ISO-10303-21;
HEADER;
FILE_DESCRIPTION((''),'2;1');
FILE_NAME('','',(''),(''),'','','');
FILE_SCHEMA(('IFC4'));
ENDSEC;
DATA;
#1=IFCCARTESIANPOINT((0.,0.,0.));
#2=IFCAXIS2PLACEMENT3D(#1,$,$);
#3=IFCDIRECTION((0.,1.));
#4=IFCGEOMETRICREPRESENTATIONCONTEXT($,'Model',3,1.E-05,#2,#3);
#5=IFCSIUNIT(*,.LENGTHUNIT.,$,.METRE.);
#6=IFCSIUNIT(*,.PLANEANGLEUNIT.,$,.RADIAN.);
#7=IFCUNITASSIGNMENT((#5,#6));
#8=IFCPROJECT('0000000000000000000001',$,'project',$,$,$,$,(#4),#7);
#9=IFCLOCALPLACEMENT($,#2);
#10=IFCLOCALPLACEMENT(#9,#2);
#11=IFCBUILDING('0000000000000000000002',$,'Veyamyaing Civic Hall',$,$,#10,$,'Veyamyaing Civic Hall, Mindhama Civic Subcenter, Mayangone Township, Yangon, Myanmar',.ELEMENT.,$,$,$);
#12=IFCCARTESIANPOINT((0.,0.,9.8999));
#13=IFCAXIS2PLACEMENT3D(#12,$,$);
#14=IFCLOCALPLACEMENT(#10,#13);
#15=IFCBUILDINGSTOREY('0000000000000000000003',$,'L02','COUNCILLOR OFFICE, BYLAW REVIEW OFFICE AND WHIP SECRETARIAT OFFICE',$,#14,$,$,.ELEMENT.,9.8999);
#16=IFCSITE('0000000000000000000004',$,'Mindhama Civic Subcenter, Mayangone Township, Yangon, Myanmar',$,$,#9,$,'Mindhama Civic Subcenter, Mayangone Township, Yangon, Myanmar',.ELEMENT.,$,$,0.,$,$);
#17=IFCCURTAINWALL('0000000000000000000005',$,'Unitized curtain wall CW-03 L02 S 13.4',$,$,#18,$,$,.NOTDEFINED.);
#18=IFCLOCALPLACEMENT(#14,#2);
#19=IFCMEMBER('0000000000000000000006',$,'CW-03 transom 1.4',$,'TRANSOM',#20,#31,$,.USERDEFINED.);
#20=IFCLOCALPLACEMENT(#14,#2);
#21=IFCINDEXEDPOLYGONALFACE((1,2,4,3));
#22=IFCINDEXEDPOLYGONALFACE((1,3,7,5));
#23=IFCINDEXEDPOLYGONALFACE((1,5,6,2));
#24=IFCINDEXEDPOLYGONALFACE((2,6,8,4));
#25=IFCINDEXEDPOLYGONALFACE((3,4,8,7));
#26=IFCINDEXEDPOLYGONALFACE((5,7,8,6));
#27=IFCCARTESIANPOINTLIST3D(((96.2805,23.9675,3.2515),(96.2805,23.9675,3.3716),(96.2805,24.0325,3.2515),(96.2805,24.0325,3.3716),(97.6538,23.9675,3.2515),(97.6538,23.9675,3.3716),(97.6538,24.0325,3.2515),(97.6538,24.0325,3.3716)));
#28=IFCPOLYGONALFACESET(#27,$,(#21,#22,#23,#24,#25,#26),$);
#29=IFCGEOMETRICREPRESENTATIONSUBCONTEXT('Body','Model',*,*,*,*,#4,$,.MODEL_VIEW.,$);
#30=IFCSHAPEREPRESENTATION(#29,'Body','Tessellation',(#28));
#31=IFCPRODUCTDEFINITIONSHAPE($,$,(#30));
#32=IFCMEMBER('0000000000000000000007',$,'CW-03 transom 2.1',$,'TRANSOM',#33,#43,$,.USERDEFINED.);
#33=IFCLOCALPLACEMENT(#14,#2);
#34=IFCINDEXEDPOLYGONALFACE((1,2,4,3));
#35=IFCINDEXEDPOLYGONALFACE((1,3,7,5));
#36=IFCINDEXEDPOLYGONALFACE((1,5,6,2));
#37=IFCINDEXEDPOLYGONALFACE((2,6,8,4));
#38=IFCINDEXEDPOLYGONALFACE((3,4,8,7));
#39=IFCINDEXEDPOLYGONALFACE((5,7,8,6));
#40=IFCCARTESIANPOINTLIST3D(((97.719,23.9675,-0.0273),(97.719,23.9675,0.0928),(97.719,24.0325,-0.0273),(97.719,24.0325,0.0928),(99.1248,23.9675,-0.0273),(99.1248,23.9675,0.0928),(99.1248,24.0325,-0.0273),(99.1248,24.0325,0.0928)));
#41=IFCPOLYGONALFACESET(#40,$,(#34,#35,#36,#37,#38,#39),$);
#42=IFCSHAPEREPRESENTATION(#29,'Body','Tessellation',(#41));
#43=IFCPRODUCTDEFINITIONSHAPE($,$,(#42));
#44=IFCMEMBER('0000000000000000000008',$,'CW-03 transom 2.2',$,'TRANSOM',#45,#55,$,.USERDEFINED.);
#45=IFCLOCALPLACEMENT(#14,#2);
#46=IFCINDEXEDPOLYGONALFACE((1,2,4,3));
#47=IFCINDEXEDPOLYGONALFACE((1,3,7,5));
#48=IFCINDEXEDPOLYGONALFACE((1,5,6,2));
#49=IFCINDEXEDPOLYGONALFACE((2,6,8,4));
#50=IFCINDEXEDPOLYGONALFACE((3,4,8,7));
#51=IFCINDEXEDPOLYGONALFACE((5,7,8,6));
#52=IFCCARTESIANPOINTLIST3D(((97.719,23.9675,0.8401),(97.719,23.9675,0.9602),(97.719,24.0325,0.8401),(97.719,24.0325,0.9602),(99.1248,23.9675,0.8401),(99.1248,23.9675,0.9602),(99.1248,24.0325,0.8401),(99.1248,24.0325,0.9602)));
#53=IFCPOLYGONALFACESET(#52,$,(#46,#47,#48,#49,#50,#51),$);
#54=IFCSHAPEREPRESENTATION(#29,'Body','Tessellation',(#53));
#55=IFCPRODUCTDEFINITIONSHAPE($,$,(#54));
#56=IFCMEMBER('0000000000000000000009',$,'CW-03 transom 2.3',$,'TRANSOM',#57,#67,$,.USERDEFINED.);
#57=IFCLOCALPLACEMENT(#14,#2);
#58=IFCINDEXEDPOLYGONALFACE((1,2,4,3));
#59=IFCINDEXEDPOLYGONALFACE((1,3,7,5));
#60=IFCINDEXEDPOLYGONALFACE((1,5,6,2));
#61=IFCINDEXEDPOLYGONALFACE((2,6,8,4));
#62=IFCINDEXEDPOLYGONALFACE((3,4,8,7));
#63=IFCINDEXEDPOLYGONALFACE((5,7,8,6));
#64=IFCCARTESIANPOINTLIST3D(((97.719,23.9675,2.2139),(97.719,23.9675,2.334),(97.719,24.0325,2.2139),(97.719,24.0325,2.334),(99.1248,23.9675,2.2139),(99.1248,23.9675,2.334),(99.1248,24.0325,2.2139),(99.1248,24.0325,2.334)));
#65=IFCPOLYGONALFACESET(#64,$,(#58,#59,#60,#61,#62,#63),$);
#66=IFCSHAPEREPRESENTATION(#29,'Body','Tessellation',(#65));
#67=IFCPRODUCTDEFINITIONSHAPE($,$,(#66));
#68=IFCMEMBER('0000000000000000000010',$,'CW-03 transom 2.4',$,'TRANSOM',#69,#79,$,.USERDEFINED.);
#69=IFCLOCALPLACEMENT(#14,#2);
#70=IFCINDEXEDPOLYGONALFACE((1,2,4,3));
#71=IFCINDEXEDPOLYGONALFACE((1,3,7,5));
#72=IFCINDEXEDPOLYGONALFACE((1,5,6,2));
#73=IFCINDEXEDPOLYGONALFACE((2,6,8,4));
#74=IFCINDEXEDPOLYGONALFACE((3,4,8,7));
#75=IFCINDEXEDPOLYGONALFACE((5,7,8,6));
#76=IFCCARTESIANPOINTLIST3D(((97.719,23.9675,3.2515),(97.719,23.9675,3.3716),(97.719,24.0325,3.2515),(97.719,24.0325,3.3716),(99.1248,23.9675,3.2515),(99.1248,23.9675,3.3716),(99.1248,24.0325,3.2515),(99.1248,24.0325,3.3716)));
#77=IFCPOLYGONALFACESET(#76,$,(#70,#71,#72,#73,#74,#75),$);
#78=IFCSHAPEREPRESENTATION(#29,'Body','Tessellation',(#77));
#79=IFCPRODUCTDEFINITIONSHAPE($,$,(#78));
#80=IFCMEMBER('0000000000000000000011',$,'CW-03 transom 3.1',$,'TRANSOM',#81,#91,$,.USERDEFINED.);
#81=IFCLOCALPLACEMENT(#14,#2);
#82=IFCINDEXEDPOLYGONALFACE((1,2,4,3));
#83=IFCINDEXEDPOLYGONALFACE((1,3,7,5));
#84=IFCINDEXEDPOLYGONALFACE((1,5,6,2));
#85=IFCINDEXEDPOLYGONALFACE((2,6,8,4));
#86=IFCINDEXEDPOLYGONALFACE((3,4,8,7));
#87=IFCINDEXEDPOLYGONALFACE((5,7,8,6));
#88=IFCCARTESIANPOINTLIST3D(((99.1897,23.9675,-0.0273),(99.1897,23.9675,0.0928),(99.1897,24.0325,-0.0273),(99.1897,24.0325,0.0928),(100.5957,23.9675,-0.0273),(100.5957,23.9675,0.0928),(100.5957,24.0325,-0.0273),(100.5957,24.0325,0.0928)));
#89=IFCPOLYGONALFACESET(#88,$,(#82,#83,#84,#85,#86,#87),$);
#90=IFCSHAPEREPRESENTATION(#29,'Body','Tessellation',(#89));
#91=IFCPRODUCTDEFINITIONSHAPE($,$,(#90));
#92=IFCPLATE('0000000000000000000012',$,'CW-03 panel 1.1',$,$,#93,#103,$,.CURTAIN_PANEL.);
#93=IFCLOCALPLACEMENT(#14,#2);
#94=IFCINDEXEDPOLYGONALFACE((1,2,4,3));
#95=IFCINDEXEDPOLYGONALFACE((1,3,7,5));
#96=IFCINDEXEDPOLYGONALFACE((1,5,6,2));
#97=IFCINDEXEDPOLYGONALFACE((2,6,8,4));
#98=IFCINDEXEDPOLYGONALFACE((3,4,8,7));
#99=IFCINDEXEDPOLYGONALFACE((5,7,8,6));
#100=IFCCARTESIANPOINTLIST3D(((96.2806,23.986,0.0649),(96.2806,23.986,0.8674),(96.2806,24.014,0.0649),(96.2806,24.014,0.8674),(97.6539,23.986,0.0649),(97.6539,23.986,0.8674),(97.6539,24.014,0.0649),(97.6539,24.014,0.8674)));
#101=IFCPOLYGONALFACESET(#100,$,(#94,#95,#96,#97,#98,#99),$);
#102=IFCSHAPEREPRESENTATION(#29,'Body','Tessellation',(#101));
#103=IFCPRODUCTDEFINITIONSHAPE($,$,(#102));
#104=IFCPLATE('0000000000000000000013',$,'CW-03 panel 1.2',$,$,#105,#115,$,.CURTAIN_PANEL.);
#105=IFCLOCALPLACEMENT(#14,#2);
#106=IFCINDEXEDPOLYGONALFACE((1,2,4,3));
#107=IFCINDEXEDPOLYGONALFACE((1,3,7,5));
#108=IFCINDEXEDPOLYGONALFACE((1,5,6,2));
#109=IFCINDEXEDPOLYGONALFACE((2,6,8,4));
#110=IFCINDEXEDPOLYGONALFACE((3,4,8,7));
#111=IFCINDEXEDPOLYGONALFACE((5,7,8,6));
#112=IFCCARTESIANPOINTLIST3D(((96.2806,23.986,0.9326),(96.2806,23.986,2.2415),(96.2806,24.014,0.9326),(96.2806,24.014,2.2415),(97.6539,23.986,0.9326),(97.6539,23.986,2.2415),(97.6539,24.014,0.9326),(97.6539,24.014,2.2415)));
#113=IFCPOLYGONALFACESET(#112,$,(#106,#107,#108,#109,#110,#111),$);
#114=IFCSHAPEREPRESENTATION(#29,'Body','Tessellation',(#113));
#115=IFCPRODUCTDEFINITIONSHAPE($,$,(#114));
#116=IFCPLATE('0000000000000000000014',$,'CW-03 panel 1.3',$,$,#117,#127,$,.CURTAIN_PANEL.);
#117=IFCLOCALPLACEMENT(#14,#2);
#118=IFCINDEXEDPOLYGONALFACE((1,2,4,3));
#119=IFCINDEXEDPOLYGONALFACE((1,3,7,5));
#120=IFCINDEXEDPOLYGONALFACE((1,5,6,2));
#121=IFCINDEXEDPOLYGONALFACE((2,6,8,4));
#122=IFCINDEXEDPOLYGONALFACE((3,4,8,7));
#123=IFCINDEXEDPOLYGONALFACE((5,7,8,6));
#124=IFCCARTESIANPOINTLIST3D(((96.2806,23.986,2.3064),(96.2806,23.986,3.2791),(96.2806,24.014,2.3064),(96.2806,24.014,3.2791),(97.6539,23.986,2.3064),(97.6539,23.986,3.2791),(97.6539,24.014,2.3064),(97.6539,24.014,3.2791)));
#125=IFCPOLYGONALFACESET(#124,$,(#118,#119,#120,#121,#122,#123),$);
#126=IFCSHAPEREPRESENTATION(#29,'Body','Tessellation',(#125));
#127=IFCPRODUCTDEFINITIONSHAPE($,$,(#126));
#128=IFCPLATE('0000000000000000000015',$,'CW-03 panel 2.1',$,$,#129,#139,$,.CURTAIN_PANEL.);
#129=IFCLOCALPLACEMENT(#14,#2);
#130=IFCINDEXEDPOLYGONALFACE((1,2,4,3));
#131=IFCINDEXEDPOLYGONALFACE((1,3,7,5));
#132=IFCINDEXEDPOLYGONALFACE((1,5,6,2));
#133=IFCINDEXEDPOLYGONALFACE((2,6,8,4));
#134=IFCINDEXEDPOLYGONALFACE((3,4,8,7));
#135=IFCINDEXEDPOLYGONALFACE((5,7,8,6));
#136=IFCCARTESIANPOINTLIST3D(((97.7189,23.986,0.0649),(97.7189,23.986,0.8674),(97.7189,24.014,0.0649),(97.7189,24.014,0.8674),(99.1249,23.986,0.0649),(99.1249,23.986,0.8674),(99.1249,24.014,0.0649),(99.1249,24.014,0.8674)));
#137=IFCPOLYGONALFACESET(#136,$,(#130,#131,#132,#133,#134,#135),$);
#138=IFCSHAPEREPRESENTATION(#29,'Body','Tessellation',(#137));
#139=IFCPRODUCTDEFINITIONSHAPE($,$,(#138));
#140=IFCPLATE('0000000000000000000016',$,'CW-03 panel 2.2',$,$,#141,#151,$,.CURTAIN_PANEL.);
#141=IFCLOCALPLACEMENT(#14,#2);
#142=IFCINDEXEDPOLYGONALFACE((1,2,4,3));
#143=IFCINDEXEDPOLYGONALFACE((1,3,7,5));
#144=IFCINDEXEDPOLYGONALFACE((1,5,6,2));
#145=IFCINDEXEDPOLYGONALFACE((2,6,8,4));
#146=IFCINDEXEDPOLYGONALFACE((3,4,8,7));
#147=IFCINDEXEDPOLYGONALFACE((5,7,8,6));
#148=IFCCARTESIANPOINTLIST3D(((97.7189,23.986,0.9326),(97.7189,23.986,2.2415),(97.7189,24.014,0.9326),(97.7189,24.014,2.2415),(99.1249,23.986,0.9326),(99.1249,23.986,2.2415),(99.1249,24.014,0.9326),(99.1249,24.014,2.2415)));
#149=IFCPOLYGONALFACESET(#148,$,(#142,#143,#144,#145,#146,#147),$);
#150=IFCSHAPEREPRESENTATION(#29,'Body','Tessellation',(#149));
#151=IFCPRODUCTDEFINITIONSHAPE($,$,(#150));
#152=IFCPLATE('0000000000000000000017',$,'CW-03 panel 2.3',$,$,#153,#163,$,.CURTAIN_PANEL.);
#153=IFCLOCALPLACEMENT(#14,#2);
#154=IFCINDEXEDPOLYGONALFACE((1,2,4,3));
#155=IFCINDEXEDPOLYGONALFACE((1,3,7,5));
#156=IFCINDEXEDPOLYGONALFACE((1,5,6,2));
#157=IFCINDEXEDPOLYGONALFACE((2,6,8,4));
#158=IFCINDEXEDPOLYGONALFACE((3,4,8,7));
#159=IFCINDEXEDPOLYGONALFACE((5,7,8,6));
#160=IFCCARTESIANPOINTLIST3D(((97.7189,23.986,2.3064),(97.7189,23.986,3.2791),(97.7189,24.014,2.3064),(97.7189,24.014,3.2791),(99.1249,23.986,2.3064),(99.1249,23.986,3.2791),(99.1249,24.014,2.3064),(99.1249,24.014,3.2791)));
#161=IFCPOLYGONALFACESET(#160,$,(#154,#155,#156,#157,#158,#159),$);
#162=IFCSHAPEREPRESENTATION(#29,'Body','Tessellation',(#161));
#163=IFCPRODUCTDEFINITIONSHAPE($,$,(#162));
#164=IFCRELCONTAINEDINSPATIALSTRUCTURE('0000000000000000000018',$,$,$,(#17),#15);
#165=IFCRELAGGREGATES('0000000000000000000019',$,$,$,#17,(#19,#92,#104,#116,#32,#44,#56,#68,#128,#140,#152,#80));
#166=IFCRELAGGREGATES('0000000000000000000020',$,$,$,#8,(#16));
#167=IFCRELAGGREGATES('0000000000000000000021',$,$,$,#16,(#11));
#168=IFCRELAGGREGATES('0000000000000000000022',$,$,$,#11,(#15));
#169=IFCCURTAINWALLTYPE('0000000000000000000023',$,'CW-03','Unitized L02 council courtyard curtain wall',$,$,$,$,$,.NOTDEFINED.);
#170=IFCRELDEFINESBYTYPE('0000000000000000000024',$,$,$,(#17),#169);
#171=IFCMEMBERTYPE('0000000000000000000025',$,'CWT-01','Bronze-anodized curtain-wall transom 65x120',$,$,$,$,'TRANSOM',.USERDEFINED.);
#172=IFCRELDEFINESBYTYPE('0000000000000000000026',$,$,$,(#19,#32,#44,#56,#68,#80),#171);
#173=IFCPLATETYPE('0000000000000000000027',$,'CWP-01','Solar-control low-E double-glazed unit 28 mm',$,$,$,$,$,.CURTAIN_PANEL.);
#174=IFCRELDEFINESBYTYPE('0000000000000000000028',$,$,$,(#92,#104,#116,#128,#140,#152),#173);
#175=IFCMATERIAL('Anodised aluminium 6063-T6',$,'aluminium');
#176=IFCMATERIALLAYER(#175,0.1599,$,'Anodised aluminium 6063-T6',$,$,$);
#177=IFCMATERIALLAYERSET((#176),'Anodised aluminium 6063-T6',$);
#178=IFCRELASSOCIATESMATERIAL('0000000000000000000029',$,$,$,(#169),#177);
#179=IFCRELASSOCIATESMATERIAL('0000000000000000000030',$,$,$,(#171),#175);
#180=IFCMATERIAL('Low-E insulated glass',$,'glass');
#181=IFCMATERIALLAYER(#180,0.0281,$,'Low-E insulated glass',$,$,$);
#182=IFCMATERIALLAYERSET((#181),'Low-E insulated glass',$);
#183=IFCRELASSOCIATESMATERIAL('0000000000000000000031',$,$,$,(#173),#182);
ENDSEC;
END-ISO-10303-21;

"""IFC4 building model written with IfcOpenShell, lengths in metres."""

from ifc_helpers import new_model, si_unit, direction, frame, origin, origin_2d, place, context, subcontext, project, spatial, rectangle, extrude, material, layer, layer_set, material_profile, profile_set, type_object, element, aggregate, save


model = new_model("IFC4")

# Units and contexts
model_context = context("Model", 3, precision=1e-05, world=origin(), true_north=direction((0.0, 1.0)))
body_context = subcontext(model_context, "Body", "Model", "MODEL_VIEW")
ifc_project = project(units=[si_unit("LENGTHUNIT", "METRE"), si_unit("PLANEANGLEUNIT", "RADIAN")], contexts=[model_context])

# Site, building, storey
site_placement = place(None, origin())
site = spatial("IfcSite", under=ifc_project, at=site_placement, Name="Mindhama Civic Subcenter, Mayangone Township, Yangon, Myanmar", LongName="Mindhama Civic Subcenter, Mayangone Township, Yangon, Myanmar", CompositionType="ELEMENT", RefElevation=0.0)
building_placement = place(site_placement, origin())
building = spatial("IfcBuilding", under=site, at=building_placement, Name="Veyamyaing Civic Hall", LongName="Veyamyaing Civic Hall, Mindhama Civic Subcenter, Mayangone Township, Yangon, Myanmar", CompositionType="ELEMENT")
storey_placement = place(building_placement, frame((0.0, 0.0, 9.8999)))
storey = spatial("IfcBuildingStorey", under=building, at=storey_placement, Name="L02", Description="COUNCILLOR OFFICE, BYLAW REVIEW OFFICE AND WHIP SECRETARIAT OFFICE", CompositionType="ELEMENT", Elevation=9.8999)

# Shared definitions
ifc_material_1 = material(Name="Anodised aluminium 6063-T6", Category="aluminium")
ifc_layer_1 = layer(ifc_material_1, 0.1599, Name="Anodised aluminium 6063-T6")
ifc_layer_set_1 = layer_set([ifc_layer_1], Name="Anodised aluminium 6063-T6")
curtain_wall_type = type_object("IfcCurtainWallType", Name="CW-03", Description="Unitized L02 council courtyard curtain wall", PredefinedType="NOTDEFINED", material=ifc_layer_set_1)

# Curtain wall, members, plates
curtain_wall_1_placement = place(storey_placement, origin())
curtain_wall_1 = element("IfcCurtainWall", 1, at=curtain_wall_1_placement, inside=storey, type_object=curtain_wall_type, Name="Unitized curtain wall CW-03 L02 S 13.4", PredefinedType="NOTDEFINED")
ifc_material_profile_1 = material_profile(ifc_material_1, rectangle(XDim=0.0649, YDim=0.1201, at=origin_2d()), Name="ALU-TRN-65X120")
ifc_profile_set_1 = profile_set([ifc_material_profile_1], Name="Anodised aluminium 6063-T6")
member_type_1 = type_object("IfcMemberType", Name="CWT-01", Description="Bronze-anodized curtain-wall transom 65x120", ElementType="TRANSOM", PredefinedType="USERDEFINED", material=ifc_profile_set_1)
member_1_placement = place(storey_placement, frame((96.2805, 24.0, 3.3115), z_axis=(1.0, 0.0, 0.0), x_axis=(0.0, 1.0, 0.0)))
member_1 = element("IfcMember", 2, at=member_1_placement, type_object=member_type_1, Name="CW-03 transom 1.4", ObjectType="TRANSOM", PredefinedType="USERDEFINED", context=body_context, shape_type="SweptSolid", body=[
    extrude(rectangle(XDim=0.0649, YDim=0.1201, at=origin_2d()), origin(), (0.0, 0.0, 1.0), 1.3733),
])
member_2_placement = place(storey_placement, frame((97.719, 24.0, 0.0327), z_axis=(1.0, 0.0, 0.0), x_axis=(0.0, 1.0, 0.0)))
member_2 = element("IfcMember", 3, at=member_2_placement, type_object=member_type_1, Name="CW-03 transom 2.1", ObjectType="TRANSOM", PredefinedType="USERDEFINED", context=body_context, shape_type="SweptSolid", body=[
    extrude(rectangle(XDim=0.0649, YDim=0.1201, at=origin_2d()), origin(), (0.0, 0.0, 1.0), 1.4058),
])
member_3_placement = place(storey_placement, frame((97.719, 24.0, 0.9001), z_axis=(1.0, 0.0, 0.0), x_axis=(0.0, 1.0, 0.0)))
member_3 = element("IfcMember", 4, at=member_3_placement, type_object=member_type_1, Name="CW-03 transom 2.2", ObjectType="TRANSOM", PredefinedType="USERDEFINED", context=body_context, shape_type="SweptSolid", body=[
    extrude(rectangle(XDim=0.0649, YDim=0.1201, at=origin_2d()), origin(), (0.0, 0.0, 1.0), 1.4058),
])
member_4_placement = place(storey_placement, frame((97.719, 24.0, 2.2739), z_axis=(1.0, 0.0, 0.0), x_axis=(0.0, 1.0, 0.0)))
member_4 = element("IfcMember", 5, at=member_4_placement, type_object=member_type_1, Name="CW-03 transom 2.3", ObjectType="TRANSOM", PredefinedType="USERDEFINED", context=body_context, shape_type="SweptSolid", body=[
    extrude(rectangle(XDim=0.0649, YDim=0.1201, at=origin_2d()), origin(), (0.0, 0.0, 1.0), 1.4058),
])
member_5_placement = place(storey_placement, frame((97.719, 24.0, 3.3115), z_axis=(1.0, 0.0, 0.0), x_axis=(0.0, 1.0, 0.0)))
member_5 = element("IfcMember", 6, at=member_5_placement, type_object=member_type_1, Name="CW-03 transom 2.4", ObjectType="TRANSOM", PredefinedType="USERDEFINED", context=body_context, shape_type="SweptSolid", body=[
    extrude(rectangle(XDim=0.0649, YDim=0.1201, at=origin_2d()), origin(), (0.0, 0.0, 1.0), 1.4058),
])
member_6_placement = place(storey_placement, frame((99.1897, 24.0, 0.0327), z_axis=(1.0, 0.0, 0.0), x_axis=(0.0, 1.0, 0.0)))
member_6 = element("IfcMember", 7, at=member_6_placement, type_object=member_type_1, Name="CW-03 transom 3.1", ObjectType="TRANSOM", PredefinedType="USERDEFINED", context=body_context, shape_type="SweptSolid", body=[
    extrude(rectangle(XDim=0.0649, YDim=0.1201, at=origin_2d()), origin(), (0.0, 0.0, 1.0), 1.406),
])
ifc_material_2 = material(Name="Low-E insulated glass", Category="glass")
ifc_layer_2 = layer(ifc_material_2, 0.0281, Name="Low-E insulated glass")
ifc_layer_set_2 = layer_set([ifc_layer_2], Name="Low-E insulated glass")
plate_type = type_object("IfcPlateType", Name="CWP-01", Description="Solar-control low-E double-glazed unit 28 mm", PredefinedType="CURTAIN_PANEL", material=ifc_layer_set_2)
plate_1_placement = place(storey_placement, frame((96.9673, 24.0, 0.0649), z_axis=(0.0, 0.0, 1.0), x_axis=(1.0, 0.0, 0.0)))
plate_1 = element("IfcPlate", 8, at=plate_1_placement, type_object=plate_type, Name="CW-03 panel 1.1", PredefinedType="CURTAIN_PANEL", context=body_context, shape_type="SweptSolid", body=[
    extrude(rectangle(XDim=1.3733, YDim=0.0281, at=origin_2d()), origin(), (0.0, 0.0, 1.0), 0.8025),
])
plate_2_placement = place(storey_placement, frame((96.9673, 24.0, 0.9326), z_axis=(0.0, 0.0, 1.0), x_axis=(1.0, 0.0, 0.0)))
plate_2 = element("IfcPlate", 9, at=plate_2_placement, type_object=plate_type, Name="CW-03 panel 1.2", PredefinedType="CURTAIN_PANEL", context=body_context, shape_type="SweptSolid", body=[
    extrude(rectangle(XDim=1.3733, YDim=0.0281, at=origin_2d()), origin(), (0.0, 0.0, 1.0), 1.3088),
])
plate_3_placement = place(storey_placement, frame((96.9673, 24.0, 2.3064), z_axis=(0.0, 0.0, 1.0), x_axis=(1.0, 0.0, 0.0)))
plate_3 = element("IfcPlate", 10, at=plate_3_placement, type_object=plate_type, Name="CW-03 panel 1.3", PredefinedType="CURTAIN_PANEL", context=body_context, shape_type="SweptSolid", body=[
    extrude(rectangle(XDim=1.3733, YDim=0.0281, at=origin_2d()), origin(), (0.0, 0.0, 1.0), 0.9727),
])
plate_4_placement = place(storey_placement, frame((98.4219, 24.0, 0.0649), z_axis=(0.0, 0.0, 1.0), x_axis=(1.0, 0.0, 0.0)))
plate_4 = element("IfcPlate", 11, at=plate_4_placement, type_object=plate_type, Name="CW-03 panel 2.1", PredefinedType="CURTAIN_PANEL", context=body_context, shape_type="SweptSolid", body=[
    extrude(rectangle(XDim=1.406, YDim=0.0281, at=origin_2d()), origin(), (0.0, 0.0, 1.0), 0.8025),
])
plate_5_placement = place(storey_placement, frame((98.4219, 24.0, 0.9326), z_axis=(0.0, 0.0, 1.0), x_axis=(1.0, 0.0, 0.0)))
plate_5 = element("IfcPlate", 12, at=plate_5_placement, type_object=plate_type, Name="CW-03 panel 2.2", PredefinedType="CURTAIN_PANEL", context=body_context, shape_type="SweptSolid", body=[
    extrude(rectangle(XDim=1.406, YDim=0.0281, at=origin_2d()), origin(), (0.0, 0.0, 1.0), 1.3088),
])
plate_6_placement = place(storey_placement, frame((98.4219, 24.0, 2.3064), z_axis=(0.0, 0.0, 1.0), x_axis=(1.0, 0.0, 0.0)))
plate_6 = element("IfcPlate", 13, at=plate_6_placement, type_object=plate_type, Name="CW-03 panel 2.3", PredefinedType="CURTAIN_PANEL", context=body_context, shape_type="SweptSolid", body=[
    extrude(rectangle(XDim=1.406, YDim=0.0281, at=origin_2d()), origin(), (0.0, 0.0, 1.0), 0.9727),
])
aggregate(curtain_wall_1, [member_1, plate_1, plate_2, plate_3, member_2, member_3, member_4, member_5, plate_4, plate_5, plate_6, member_6])

save(model, "model.ifc")
